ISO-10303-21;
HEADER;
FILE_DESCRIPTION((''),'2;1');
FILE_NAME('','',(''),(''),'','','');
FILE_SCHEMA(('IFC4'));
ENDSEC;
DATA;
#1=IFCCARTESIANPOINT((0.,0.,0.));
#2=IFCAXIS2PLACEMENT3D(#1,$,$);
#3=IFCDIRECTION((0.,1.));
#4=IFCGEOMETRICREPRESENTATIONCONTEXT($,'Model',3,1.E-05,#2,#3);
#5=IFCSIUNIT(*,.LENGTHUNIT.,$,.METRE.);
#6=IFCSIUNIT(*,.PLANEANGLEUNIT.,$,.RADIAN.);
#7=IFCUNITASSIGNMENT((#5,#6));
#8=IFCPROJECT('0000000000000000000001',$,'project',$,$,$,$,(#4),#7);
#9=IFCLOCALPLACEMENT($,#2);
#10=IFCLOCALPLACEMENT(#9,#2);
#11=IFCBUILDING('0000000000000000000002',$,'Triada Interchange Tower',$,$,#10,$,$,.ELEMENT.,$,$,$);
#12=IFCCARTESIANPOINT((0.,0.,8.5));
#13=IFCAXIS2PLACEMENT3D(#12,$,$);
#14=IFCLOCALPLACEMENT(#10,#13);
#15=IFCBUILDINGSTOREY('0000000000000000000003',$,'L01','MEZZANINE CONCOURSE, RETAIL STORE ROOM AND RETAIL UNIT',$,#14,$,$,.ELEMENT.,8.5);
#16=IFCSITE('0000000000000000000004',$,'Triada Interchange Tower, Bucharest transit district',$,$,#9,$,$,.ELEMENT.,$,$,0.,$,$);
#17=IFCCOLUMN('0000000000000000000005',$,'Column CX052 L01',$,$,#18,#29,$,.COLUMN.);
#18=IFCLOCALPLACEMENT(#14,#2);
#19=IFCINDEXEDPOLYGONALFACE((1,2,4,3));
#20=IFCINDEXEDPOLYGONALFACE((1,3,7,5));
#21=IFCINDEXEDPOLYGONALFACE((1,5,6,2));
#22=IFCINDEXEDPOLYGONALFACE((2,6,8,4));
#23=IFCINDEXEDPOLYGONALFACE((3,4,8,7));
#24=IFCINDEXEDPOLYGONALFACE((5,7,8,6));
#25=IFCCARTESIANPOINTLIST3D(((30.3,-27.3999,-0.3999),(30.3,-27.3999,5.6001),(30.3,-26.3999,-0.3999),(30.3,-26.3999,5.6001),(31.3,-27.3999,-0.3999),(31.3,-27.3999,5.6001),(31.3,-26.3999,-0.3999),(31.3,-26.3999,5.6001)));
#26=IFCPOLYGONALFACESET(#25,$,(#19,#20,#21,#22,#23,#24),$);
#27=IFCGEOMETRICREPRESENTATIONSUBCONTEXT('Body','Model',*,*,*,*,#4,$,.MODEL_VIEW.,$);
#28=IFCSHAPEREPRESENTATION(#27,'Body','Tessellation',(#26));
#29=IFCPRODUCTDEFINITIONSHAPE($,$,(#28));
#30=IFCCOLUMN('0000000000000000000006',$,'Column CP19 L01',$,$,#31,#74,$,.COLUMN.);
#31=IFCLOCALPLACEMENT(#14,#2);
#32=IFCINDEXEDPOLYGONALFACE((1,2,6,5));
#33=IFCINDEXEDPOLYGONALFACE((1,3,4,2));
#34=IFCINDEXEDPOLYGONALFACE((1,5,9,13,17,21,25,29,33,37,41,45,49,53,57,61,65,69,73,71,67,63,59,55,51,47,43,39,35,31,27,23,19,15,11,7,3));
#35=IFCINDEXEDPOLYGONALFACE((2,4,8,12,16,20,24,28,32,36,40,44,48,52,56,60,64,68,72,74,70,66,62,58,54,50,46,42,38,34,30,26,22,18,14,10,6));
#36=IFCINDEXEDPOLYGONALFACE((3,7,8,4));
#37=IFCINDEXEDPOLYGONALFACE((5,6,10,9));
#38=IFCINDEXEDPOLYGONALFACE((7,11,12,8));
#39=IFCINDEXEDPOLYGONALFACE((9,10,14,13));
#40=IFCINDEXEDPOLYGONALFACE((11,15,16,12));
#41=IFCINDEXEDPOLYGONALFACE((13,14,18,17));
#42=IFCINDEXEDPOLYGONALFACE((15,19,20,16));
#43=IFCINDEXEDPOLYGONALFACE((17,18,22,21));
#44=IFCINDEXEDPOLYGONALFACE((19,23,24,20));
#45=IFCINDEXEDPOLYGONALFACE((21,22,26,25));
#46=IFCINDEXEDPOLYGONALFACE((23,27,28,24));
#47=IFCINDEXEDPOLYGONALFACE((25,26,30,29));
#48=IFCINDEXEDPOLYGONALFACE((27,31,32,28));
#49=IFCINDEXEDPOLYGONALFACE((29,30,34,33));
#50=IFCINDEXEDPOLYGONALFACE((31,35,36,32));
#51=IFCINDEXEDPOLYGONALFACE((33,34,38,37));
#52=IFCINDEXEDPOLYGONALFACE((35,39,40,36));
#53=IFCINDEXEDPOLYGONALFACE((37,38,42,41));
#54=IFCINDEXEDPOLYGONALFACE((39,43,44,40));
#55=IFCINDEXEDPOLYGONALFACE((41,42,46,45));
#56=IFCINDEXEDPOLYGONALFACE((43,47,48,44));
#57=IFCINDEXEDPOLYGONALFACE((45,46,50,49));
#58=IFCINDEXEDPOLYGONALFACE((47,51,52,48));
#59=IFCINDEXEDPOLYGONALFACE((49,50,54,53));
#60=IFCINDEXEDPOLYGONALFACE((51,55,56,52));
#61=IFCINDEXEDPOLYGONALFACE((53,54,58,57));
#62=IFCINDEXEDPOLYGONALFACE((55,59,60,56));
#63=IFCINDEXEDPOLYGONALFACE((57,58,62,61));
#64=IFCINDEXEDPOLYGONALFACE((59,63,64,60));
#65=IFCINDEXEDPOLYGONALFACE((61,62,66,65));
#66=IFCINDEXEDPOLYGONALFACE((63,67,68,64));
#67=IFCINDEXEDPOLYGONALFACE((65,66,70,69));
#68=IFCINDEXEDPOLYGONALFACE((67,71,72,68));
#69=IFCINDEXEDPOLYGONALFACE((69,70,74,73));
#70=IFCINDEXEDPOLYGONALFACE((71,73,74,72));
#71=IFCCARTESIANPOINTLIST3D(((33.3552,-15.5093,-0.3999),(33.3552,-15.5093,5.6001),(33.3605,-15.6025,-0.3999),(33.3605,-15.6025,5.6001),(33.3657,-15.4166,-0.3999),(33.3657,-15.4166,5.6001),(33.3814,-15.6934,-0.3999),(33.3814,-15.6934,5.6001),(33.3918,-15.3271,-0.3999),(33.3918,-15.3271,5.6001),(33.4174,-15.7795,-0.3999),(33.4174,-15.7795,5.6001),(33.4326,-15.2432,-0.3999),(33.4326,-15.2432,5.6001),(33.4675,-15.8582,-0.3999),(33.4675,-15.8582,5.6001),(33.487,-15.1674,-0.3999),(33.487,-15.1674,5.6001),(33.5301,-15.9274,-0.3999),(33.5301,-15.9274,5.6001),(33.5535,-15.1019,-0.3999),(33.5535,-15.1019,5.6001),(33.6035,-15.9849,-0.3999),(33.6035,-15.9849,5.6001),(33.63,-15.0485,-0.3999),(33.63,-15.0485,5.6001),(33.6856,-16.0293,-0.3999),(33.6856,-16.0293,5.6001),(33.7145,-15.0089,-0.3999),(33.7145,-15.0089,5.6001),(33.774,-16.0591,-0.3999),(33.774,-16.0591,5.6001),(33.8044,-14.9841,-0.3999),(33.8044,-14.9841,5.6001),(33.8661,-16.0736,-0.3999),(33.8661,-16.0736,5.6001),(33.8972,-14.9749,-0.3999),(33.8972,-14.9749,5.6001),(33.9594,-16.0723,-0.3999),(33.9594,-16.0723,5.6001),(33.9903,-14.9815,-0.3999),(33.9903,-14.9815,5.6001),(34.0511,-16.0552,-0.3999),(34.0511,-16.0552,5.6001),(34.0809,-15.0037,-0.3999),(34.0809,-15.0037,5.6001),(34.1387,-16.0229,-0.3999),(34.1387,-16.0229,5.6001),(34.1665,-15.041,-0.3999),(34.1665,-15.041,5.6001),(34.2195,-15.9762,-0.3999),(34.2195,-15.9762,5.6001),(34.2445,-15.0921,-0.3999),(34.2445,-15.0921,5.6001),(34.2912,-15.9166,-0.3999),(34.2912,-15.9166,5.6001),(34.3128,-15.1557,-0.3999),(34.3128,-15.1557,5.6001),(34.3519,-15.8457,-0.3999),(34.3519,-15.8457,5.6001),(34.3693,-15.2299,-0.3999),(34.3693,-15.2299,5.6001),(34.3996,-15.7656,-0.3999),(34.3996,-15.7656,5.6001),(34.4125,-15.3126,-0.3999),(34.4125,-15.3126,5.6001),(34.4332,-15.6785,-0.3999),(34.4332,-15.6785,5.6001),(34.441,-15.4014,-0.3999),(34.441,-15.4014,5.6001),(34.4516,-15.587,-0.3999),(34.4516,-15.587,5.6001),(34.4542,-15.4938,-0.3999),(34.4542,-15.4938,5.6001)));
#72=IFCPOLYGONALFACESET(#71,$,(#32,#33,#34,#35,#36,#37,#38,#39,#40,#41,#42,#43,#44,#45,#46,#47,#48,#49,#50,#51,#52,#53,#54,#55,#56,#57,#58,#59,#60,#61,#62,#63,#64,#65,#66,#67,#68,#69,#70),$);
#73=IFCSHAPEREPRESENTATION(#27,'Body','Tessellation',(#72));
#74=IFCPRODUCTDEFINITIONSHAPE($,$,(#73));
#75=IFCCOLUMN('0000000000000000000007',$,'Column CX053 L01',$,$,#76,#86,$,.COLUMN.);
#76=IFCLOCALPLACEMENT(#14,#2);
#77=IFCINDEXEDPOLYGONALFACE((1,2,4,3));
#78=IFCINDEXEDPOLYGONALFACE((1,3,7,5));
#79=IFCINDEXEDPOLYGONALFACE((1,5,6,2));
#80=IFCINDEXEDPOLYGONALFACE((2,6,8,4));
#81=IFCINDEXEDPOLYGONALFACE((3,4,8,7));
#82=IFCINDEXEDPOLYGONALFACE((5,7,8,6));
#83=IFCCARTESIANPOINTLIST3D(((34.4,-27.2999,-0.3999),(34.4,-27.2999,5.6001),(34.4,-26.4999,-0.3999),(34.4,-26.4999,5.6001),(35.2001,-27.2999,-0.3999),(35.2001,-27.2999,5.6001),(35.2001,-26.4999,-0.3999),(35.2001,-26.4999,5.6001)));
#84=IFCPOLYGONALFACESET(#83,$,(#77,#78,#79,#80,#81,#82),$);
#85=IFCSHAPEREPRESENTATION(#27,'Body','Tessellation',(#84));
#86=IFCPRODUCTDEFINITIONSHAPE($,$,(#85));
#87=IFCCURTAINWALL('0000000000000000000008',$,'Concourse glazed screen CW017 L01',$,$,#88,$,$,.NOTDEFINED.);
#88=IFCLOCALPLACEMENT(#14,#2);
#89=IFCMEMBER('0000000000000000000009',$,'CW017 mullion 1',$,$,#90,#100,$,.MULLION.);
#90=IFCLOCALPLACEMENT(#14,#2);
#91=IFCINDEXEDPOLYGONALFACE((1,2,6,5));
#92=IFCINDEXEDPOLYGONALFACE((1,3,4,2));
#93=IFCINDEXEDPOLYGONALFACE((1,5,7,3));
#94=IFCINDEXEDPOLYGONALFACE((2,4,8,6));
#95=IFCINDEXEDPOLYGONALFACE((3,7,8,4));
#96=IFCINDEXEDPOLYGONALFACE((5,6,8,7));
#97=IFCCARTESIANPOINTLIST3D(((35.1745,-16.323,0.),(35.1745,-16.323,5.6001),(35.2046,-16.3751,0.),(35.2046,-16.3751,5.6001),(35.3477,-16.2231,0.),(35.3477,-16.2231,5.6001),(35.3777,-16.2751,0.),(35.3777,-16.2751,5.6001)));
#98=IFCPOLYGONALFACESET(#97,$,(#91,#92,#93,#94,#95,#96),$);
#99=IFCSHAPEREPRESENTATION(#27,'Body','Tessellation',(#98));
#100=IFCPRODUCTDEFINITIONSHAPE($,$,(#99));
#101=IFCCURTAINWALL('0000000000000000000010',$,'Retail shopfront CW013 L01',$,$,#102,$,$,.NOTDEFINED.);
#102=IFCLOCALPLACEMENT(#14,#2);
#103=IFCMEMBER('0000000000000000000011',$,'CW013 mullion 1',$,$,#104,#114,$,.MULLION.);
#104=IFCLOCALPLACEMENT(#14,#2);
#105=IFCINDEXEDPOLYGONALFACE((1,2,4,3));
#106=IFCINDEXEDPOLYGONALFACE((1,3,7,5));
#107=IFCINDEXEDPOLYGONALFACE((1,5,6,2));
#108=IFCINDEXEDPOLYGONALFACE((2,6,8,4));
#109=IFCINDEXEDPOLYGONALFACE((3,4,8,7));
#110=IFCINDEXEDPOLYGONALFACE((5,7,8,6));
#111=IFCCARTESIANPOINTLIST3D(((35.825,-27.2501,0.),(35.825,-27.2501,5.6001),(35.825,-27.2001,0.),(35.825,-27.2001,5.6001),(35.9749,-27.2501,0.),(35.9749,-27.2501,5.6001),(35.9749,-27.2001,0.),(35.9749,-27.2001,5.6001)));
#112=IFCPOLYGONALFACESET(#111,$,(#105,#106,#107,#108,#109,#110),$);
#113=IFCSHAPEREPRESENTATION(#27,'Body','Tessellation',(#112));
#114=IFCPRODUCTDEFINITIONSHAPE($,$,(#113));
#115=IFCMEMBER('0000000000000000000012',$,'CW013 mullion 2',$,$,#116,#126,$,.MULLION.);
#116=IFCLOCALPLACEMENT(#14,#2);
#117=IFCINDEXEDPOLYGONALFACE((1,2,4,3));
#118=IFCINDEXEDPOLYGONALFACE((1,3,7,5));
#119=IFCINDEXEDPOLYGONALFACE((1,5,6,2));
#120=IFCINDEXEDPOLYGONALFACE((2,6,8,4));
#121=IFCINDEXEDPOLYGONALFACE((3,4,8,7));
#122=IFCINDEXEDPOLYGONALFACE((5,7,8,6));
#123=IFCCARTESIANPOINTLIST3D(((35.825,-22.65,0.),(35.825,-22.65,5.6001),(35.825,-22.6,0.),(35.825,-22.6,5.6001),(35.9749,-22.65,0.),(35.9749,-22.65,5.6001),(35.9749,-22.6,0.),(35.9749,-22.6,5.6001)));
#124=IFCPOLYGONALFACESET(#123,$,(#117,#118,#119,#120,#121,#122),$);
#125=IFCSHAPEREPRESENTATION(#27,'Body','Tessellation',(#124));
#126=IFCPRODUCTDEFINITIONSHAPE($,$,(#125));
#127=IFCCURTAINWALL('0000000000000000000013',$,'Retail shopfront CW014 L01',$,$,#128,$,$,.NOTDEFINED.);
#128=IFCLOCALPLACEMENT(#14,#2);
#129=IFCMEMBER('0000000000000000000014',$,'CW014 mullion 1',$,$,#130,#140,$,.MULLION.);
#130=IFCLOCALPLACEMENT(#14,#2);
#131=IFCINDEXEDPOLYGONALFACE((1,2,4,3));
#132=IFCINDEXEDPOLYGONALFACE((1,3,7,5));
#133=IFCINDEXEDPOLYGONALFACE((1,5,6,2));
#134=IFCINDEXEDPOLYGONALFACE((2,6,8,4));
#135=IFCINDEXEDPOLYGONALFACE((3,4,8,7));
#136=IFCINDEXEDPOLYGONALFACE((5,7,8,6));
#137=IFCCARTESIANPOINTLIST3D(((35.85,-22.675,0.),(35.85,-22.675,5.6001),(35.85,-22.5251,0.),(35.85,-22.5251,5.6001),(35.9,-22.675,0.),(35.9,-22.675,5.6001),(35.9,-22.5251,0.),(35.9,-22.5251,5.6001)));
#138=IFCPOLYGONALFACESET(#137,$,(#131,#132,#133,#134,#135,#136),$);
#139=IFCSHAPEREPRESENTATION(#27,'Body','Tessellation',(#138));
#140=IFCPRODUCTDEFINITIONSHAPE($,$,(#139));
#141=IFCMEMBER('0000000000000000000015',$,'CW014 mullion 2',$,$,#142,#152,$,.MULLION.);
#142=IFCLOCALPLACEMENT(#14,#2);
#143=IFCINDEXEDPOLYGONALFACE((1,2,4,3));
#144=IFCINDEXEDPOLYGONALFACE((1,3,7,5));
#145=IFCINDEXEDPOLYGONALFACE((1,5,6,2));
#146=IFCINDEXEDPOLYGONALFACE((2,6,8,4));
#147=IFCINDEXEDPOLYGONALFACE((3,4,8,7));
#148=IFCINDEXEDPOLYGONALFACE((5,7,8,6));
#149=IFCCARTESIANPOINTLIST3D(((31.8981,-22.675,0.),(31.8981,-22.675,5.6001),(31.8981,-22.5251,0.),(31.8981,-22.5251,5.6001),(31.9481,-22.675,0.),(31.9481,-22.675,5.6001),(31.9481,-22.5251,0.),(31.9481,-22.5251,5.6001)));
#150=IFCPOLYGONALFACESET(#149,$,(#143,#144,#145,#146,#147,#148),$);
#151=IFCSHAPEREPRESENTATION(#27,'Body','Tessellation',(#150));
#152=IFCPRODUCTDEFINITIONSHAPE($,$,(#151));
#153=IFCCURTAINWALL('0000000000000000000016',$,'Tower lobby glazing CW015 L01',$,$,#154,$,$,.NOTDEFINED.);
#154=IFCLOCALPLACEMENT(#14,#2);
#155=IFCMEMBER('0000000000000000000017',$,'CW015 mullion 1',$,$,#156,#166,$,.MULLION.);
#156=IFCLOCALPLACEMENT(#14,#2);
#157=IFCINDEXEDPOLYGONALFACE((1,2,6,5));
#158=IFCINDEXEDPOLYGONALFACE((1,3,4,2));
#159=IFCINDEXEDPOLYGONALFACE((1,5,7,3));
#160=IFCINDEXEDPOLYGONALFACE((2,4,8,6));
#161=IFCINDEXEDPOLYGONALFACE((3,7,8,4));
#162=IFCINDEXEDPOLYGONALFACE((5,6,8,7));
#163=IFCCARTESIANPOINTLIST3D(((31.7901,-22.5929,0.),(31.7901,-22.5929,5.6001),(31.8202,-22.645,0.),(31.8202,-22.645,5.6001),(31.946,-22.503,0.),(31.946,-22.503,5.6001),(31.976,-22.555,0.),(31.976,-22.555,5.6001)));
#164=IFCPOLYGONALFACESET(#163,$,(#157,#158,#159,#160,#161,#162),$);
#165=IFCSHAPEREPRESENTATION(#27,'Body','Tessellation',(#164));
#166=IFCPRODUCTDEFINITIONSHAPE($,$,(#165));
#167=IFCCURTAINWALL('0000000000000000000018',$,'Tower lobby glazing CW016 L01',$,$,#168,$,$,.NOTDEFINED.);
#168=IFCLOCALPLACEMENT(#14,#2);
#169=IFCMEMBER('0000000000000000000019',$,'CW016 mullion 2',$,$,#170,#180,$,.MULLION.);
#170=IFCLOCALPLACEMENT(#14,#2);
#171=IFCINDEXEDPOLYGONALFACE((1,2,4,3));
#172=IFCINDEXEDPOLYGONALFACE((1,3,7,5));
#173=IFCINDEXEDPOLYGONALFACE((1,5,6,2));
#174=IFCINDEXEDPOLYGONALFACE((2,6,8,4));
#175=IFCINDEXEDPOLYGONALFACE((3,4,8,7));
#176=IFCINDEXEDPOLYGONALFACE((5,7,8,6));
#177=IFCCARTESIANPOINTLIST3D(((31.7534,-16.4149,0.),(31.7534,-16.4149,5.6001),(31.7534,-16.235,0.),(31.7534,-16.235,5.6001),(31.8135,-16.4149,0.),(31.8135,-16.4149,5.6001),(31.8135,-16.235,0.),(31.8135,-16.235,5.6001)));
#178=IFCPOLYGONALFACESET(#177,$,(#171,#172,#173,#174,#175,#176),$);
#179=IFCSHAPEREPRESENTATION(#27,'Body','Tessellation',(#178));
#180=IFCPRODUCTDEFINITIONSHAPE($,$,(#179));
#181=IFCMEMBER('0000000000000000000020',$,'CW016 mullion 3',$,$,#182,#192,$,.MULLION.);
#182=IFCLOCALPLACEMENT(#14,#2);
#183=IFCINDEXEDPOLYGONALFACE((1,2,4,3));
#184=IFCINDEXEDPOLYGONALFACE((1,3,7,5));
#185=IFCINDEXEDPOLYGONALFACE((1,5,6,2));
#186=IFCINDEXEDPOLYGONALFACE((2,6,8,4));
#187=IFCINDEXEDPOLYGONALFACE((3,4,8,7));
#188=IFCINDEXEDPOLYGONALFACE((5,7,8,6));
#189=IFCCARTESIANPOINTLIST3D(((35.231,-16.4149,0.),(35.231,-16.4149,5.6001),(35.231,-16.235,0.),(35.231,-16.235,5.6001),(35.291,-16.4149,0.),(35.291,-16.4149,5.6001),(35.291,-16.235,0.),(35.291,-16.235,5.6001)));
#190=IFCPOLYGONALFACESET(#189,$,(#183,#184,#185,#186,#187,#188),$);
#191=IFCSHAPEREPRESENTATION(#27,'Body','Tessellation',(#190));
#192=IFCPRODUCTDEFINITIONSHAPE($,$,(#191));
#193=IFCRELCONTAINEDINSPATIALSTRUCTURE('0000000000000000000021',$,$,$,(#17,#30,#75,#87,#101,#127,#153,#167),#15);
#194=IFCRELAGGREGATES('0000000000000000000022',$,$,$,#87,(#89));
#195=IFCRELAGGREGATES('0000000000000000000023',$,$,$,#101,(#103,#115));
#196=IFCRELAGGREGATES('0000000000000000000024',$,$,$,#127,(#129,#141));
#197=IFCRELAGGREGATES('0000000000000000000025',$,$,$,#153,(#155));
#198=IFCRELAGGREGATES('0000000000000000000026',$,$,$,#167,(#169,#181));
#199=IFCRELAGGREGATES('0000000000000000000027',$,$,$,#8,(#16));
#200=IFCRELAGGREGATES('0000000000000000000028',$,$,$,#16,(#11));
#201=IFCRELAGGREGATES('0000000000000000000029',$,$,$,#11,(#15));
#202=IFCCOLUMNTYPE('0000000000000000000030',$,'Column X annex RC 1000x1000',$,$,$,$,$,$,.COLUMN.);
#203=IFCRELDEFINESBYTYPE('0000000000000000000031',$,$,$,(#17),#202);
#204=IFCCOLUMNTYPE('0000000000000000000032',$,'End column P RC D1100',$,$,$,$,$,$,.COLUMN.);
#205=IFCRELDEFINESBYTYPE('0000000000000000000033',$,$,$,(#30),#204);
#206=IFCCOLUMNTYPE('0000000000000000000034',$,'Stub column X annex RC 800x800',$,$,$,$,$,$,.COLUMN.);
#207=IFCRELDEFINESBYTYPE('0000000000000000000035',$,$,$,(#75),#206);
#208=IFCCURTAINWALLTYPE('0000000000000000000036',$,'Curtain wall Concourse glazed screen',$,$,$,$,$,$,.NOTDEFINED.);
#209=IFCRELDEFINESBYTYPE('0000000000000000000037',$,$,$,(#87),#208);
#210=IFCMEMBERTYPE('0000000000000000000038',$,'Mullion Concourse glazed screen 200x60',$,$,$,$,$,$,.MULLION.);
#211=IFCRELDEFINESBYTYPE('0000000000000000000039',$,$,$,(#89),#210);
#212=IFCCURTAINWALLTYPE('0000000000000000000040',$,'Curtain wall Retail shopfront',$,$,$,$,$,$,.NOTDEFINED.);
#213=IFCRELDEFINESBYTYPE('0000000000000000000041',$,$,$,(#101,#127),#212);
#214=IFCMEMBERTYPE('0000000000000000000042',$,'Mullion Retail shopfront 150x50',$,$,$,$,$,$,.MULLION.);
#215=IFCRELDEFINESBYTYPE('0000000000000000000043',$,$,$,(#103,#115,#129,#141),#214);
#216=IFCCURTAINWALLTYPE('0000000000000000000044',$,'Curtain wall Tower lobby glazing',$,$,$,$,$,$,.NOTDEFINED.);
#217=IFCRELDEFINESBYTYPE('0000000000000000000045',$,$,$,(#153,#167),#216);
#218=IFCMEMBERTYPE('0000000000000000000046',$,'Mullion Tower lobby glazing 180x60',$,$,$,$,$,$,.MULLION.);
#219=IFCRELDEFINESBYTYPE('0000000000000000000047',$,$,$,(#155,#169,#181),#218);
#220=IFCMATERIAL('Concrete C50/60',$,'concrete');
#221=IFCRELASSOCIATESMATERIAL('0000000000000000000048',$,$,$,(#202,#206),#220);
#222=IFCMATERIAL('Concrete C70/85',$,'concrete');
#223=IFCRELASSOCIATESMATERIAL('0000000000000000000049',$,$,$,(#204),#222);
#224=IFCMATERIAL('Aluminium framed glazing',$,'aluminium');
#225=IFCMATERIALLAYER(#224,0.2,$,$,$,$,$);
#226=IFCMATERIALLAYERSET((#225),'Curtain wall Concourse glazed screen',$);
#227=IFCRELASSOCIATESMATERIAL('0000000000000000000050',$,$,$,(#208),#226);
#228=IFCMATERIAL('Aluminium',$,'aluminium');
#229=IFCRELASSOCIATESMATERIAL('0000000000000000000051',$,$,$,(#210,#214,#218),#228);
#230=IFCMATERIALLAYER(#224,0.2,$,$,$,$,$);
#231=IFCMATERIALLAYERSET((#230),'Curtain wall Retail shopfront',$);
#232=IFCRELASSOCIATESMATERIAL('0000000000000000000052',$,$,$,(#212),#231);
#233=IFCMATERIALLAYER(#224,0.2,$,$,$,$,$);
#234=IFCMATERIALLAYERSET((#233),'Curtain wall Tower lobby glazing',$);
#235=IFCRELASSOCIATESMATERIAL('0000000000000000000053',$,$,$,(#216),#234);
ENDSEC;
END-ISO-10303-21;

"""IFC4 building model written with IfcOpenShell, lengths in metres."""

from ifc_helpers import new_model, si_unit, direction, frame, origin, origin_2d, place, context, subcontext, project, spatial, rectangle, circle, extrude, material, layer, layer_set, material_profile, profile_set, type_object, element, aggregate, save


model = new_model("IFC4")

# Units and contexts
model_context = context("Model", 3, precision=1e-05, world=origin(), true_north=direction((0.0, 1.0)))
body_context = subcontext(model_context, "Body", "Model", "MODEL_VIEW")
ifc_project = project(units=[si_unit("LENGTHUNIT", "METRE"), si_unit("PLANEANGLEUNIT", "RADIAN")], contexts=[model_context])

# Site, building, storey
site_placement = place(None, origin())
site = spatial("IfcSite", under=ifc_project, at=site_placement, Name="Triada Interchange Tower, Bucharest transit district", CompositionType="ELEMENT", RefElevation=0.0)
building_placement = place(site_placement, origin())
building = spatial("IfcBuilding", under=site, at=building_placement, Name="Triada Interchange Tower", CompositionType="ELEMENT")
storey_placement = place(building_placement, frame((0.0, 0.0, 8.5)))
storey = spatial("IfcBuildingStorey", under=building, at=storey_placement, Name="L01", Description="MEZZANINE CONCOURSE, RETAIL STORE ROOM AND RETAIL UNIT", CompositionType="ELEMENT", Elevation=8.5)

# Columns
ifc_material_1 = material(Name="Concrete C50/60", Category="concrete")
ifc_material_profile_1 = material_profile(ifc_material_1, rectangle(XDim=1.0, YDim=1.0, at=origin_2d()), Name="RC 1000x1000")
ifc_profile_set_1 = profile_set([ifc_material_profile_1], Name="Concrete C50/60")
column_type_1 = type_object("IfcColumnType", Name="Column X annex RC 1000x1000", PredefinedType="COLUMN", material=ifc_profile_set_1)
column_1_placement = place(storey_placement, frame((30.8, -26.8999, -0.3999), z_axis=(0.0, 0.0, 1.0), x_axis=(1.0, 0.0, 0.0)))
element("IfcColumn", 1, at=column_1_placement, inside=storey, type_object=column_type_1, Name="Column CX052 L01", PredefinedType="COLUMN", context=body_context, shape_type="SweptSolid", body=[
    extrude(rectangle(XDim=1.0, YDim=1.0, at=origin_2d()), origin(), (0.0, 0.0, 1.0), 6.0),
])
ifc_material_2 = material(Name="Concrete C70/85", Category="concrete")
ifc_material_profile_2 = material_profile(ifc_material_2, circle(Radius=0.55, at=origin_2d()), Name="RC D1100")
ifc_profile_set_2 = profile_set([ifc_material_profile_2], Name="Concrete C70/85")
column_type_2 = type_object("IfcColumnType", Name="End column P RC D1100", PredefinedType="COLUMN", material=ifc_profile_set_2)
column_2_placement = place(storey_placement, frame((33.905, -15.5249, -0.3999), z_axis=(0.0, 0.0, 1.0), x_axis=(-0.5, 0.866025, 0.0)))
element("IfcColumn", 2, at=column_2_placement, inside=storey, type_object=column_type_2, Name="Column CP19 L01", PredefinedType="COLUMN", context=body_context, shape_type="SweptSolid", body=[
    extrude(circle(Radius=0.55, at=origin_2d()), origin(), (0.0, 0.0, 1.0), 6.0),
])
ifc_material_profile_3 = material_profile(ifc_material_1, rectangle(XDim=0.8, YDim=0.8, at=origin_2d()), Name="RC 800x800")
ifc_profile_set_3 = profile_set([ifc_material_profile_3], Name="Concrete C50/60")
column_type_3 = type_object("IfcColumnType", Name="Stub column X annex RC 800x800", PredefinedType="COLUMN", material=ifc_profile_set_3)
column_3_placement = place(storey_placement, frame((34.8, -26.8999, -0.3999), z_axis=(0.0, 0.0, 1.0), x_axis=(1.0, 0.0, 0.0)))
element("IfcColumn", 3, at=column_3_placement, inside=storey, type_object=column_type_3, Name="Column CX053 L01", PredefinedType="COLUMN", context=body_context, shape_type="SweptSolid", body=[
    extrude(rectangle(XDim=0.8, YDim=0.8, at=origin_2d()), origin(), (0.0, 0.0, 1.0), 6.0),
])

# Curtain wall, member
ifc_material_3 = material(Name="Aluminium framed glazing", Category="aluminium")
ifc_layer_1 = layer(ifc_material_3, 0.2)
ifc_layer_set_1 = layer_set([ifc_layer_1], Name="Curtain wall Concourse glazed screen")
curtain_wall_type_1 = type_object("IfcCurtainWallType", Name="Curtain wall Concourse glazed screen", PredefinedType="NOTDEFINED", material=ifc_layer_set_1)
curtain_wall_1_placement = place(storey_placement, origin())
curtain_wall_1 = element("IfcCurtainWall", 4, at=curtain_wall_1_placement, inside=storey, type_object=curtain_wall_type_1, Name="Concourse glazed screen CW017 L01", PredefinedType="NOTDEFINED")
ifc_material_4 = material(Name="Aluminium", Category="aluminium")
ifc_material_profile_4 = material_profile(ifc_material_4, rectangle(XDim=0.2, YDim=0.0601, at=origin_2d()), Name="Aluminium mullion")
ifc_profile_set_4 = profile_set([ifc_material_profile_4], Name="Aluminium")
member_type_1 = type_object("IfcMemberType", Name="Mullion Concourse glazed screen 200x60", PredefinedType="MULLION", material=ifc_profile_set_4)
member_1_placement = place(storey_placement, frame((35.2761, -16.2991, 0.0), z_axis=(0.0, 0.0, 1.0), x_axis=(-0.866049, -0.499959, 0.0)))
member_1 = element("IfcMember", 5, at=member_1_placement, type_object=member_type_1, Name="CW017 mullion 1", PredefinedType="MULLION", context=body_context, shape_type="SweptSolid", body=[
    extrude(rectangle(XDim=0.2, YDim=0.0601, at=origin_2d()), origin(), (0.0, 0.0, 1.0), 5.6001),
])

# Curtain walls, members
ifc_layer_2 = layer(ifc_material_3, 0.2)
ifc_layer_set_2 = layer_set([ifc_layer_2], Name="Curtain wall Retail shopfront")
curtain_wall_type_2 = type_object("IfcCurtainWallType", Name="Curtain wall Retail shopfront", PredefinedType="NOTDEFINED", material=ifc_layer_set_2)
curtain_wall_2_placement = place(storey_placement, origin())
curtain_wall_2 = element("IfcCurtainWall", 6, at=curtain_wall_2_placement, inside=storey, type_object=curtain_wall_type_2, Name="Retail shopfront CW013 L01", PredefinedType="NOTDEFINED")
ifc_material_profile_5 = material_profile(ifc_material_4, rectangle(XDim=0.1499, YDim=0.05, at=origin_2d()), Name="Aluminium mullion")
ifc_profile_set_5 = profile_set([ifc_material_profile_5], Name="Aluminium")
member_type_2 = type_object("IfcMemberType", Name="Mullion Retail shopfront 150x50", PredefinedType="MULLION", material=ifc_profile_set_5)
member_2_placement = place(storey_placement, frame((35.8999, -27.2251, 0.0), z_axis=(0.0, 0.0, 1.0), x_axis=(-1.0, 0.0, 0.0)))
member_2 = element("IfcMember", 7, at=member_2_placement, type_object=member_type_2, Name="CW013 mullion 1", PredefinedType="MULLION", context=body_context, shape_type="SweptSolid", body=[
    extrude(rectangle(XDim=0.1499, YDim=0.05, at=origin_2d()), origin(), (0.0, 0.0, 1.0), 5.6001),
])
member_3_placement = place(storey_placement, frame((35.8999, -22.625, 0.0), z_axis=(0.0, 0.0, 1.0), x_axis=(-1.0, 0.0, 0.0)))
member_3 = element("IfcMember", 8, at=member_3_placement, type_object=member_type_2, Name="CW013 mullion 2", PredefinedType="MULLION", context=body_context, shape_type="SweptSolid", body=[
    extrude(rectangle(XDim=0.1499, YDim=0.05, at=origin_2d()), origin(), (0.0, 0.0, 1.0), 5.6001),
])
curtain_wall_3_placement = place(storey_placement, origin())
curtain_wall_3 = element("IfcCurtainWall", 9, at=curtain_wall_3_placement, inside=storey, type_object=curtain_wall_type_2, Name="Retail shopfront CW014 L01", PredefinedType="NOTDEFINED")
member_4_placement = place(storey_placement, frame((35.875, -22.6001, 0.0), z_axis=(0.0, 0.0, 1.0), x_axis=(0.0, -1.0, 0.0)))
member_4 = element("IfcMember", 10, at=member_4_placement, type_object=member_type_2, Name="CW014 mullion 1", PredefinedType="MULLION", context=body_context, shape_type="SweptSolid", body=[
    extrude(rectangle(XDim=0.1499, YDim=0.05, at=origin_2d()), origin(), (0.0, 0.0, 1.0), 5.6001),
])
member_5_placement = place(storey_placement, frame((31.9231, -22.6001, 0.0), z_axis=(0.0, 0.0, 1.0), x_axis=(0.0, -1.0, 0.0)))
member_5 = element("IfcMember", 11, at=member_5_placement, type_object=member_type_2, Name="CW014 mullion 2", PredefinedType="MULLION", context=body_context, shape_type="SweptSolid", body=[
    extrude(rectangle(XDim=0.1499, YDim=0.05, at=origin_2d()), origin(), (0.0, 0.0, 1.0), 5.6001),
])

# Curtain wall, member
ifc_layer_3 = layer(ifc_material_3, 0.2)
ifc_layer_set_3 = layer_set([ifc_layer_3], Name="Curtain wall Tower lobby glazing")
curtain_wall_type_3 = type_object("IfcCurtainWallType", Name="Curtain wall Tower lobby glazing", PredefinedType="NOTDEFINED", material=ifc_layer_set_3)
curtain_wall_4_placement = place(storey_placement, origin())
curtain_wall_4 = element("IfcCurtainWall", 12, at=curtain_wall_4_placement, inside=storey, type_object=curtain_wall_type_3, Name="Tower lobby glazing CW015 L01", PredefinedType="NOTDEFINED")
ifc_material_profile_6 = material_profile(ifc_material_4, rectangle(XDim=0.1799, YDim=0.0601, at=origin_2d()), Name="Aluminium mullion")
ifc_profile_set_6 = profile_set([ifc_material_profile_6], Name="Aluminium")
member_type_3 = type_object("IfcMemberType", Name="Mullion Tower lobby glazing 180x60", PredefinedType="MULLION", material=ifc_profile_set_6)
member_6_placement = place(storey_placement, frame((31.8831, -22.574, 0.0), z_axis=(0.0, 0.0, 1.0), x_axis=(-0.866078, -0.49991, 0.0)))
member_6 = element("IfcMember", 13, at=member_6_placement, type_object=member_type_3, Name="CW015 mullion 1", PredefinedType="MULLION", context=body_context, shape_type="SweptSolid", body=[
    extrude(rectangle(XDim=0.1799, YDim=0.0601, at=origin_2d()), origin(), (0.0, 0.0, 1.0), 5.6001),
])

# Curtain wall, members
curtain_wall_5_placement = place(storey_placement, origin())
curtain_wall_5 = element("IfcCurtainWall", 14, at=curtain_wall_5_placement, inside=storey, type_object=curtain_wall_type_3, Name="Tower lobby glazing CW016 L01", PredefinedType="NOTDEFINED")
member_7_placement = place(storey_placement, frame((31.7834, -16.325, 0.0), z_axis=(0.0, 0.0, 1.0), x_axis=(0.0, 1.0, 0.0)))
member_7 = element("IfcMember", 15, at=member_7_placement, type_object=member_type_3, Name="CW016 mullion 2", PredefinedType="MULLION", context=body_context, shape_type="SweptSolid", body=[
    extrude(rectangle(XDim=0.1799, YDim=0.0601, at=origin_2d()), origin(), (0.0, 0.0, 1.0), 5.6001),
])
member_8_placement = place(storey_placement, frame((35.261, -16.325, 0.0), z_axis=(0.0, 0.0, 1.0), x_axis=(0.0, 1.0, 0.0)))
member_8 = element("IfcMember", 16, at=member_8_placement, type_object=member_type_3, Name="CW016 mullion 3", PredefinedType="MULLION", context=body_context, shape_type="SweptSolid", body=[
    extrude(rectangle(XDim=0.1799, YDim=0.0601, at=origin_2d()), origin(), (0.0, 0.0, 1.0), 5.6001),
])

aggregate(curtain_wall_1, [member_1])

aggregate(curtain_wall_2, [member_2, member_3])
aggregate(curtain_wall_3, [member_4, member_5])
aggregate(curtain_wall_4, [member_6])
aggregate(curtain_wall_5, [member_7, member_8])

save(model, "model.ifc")
